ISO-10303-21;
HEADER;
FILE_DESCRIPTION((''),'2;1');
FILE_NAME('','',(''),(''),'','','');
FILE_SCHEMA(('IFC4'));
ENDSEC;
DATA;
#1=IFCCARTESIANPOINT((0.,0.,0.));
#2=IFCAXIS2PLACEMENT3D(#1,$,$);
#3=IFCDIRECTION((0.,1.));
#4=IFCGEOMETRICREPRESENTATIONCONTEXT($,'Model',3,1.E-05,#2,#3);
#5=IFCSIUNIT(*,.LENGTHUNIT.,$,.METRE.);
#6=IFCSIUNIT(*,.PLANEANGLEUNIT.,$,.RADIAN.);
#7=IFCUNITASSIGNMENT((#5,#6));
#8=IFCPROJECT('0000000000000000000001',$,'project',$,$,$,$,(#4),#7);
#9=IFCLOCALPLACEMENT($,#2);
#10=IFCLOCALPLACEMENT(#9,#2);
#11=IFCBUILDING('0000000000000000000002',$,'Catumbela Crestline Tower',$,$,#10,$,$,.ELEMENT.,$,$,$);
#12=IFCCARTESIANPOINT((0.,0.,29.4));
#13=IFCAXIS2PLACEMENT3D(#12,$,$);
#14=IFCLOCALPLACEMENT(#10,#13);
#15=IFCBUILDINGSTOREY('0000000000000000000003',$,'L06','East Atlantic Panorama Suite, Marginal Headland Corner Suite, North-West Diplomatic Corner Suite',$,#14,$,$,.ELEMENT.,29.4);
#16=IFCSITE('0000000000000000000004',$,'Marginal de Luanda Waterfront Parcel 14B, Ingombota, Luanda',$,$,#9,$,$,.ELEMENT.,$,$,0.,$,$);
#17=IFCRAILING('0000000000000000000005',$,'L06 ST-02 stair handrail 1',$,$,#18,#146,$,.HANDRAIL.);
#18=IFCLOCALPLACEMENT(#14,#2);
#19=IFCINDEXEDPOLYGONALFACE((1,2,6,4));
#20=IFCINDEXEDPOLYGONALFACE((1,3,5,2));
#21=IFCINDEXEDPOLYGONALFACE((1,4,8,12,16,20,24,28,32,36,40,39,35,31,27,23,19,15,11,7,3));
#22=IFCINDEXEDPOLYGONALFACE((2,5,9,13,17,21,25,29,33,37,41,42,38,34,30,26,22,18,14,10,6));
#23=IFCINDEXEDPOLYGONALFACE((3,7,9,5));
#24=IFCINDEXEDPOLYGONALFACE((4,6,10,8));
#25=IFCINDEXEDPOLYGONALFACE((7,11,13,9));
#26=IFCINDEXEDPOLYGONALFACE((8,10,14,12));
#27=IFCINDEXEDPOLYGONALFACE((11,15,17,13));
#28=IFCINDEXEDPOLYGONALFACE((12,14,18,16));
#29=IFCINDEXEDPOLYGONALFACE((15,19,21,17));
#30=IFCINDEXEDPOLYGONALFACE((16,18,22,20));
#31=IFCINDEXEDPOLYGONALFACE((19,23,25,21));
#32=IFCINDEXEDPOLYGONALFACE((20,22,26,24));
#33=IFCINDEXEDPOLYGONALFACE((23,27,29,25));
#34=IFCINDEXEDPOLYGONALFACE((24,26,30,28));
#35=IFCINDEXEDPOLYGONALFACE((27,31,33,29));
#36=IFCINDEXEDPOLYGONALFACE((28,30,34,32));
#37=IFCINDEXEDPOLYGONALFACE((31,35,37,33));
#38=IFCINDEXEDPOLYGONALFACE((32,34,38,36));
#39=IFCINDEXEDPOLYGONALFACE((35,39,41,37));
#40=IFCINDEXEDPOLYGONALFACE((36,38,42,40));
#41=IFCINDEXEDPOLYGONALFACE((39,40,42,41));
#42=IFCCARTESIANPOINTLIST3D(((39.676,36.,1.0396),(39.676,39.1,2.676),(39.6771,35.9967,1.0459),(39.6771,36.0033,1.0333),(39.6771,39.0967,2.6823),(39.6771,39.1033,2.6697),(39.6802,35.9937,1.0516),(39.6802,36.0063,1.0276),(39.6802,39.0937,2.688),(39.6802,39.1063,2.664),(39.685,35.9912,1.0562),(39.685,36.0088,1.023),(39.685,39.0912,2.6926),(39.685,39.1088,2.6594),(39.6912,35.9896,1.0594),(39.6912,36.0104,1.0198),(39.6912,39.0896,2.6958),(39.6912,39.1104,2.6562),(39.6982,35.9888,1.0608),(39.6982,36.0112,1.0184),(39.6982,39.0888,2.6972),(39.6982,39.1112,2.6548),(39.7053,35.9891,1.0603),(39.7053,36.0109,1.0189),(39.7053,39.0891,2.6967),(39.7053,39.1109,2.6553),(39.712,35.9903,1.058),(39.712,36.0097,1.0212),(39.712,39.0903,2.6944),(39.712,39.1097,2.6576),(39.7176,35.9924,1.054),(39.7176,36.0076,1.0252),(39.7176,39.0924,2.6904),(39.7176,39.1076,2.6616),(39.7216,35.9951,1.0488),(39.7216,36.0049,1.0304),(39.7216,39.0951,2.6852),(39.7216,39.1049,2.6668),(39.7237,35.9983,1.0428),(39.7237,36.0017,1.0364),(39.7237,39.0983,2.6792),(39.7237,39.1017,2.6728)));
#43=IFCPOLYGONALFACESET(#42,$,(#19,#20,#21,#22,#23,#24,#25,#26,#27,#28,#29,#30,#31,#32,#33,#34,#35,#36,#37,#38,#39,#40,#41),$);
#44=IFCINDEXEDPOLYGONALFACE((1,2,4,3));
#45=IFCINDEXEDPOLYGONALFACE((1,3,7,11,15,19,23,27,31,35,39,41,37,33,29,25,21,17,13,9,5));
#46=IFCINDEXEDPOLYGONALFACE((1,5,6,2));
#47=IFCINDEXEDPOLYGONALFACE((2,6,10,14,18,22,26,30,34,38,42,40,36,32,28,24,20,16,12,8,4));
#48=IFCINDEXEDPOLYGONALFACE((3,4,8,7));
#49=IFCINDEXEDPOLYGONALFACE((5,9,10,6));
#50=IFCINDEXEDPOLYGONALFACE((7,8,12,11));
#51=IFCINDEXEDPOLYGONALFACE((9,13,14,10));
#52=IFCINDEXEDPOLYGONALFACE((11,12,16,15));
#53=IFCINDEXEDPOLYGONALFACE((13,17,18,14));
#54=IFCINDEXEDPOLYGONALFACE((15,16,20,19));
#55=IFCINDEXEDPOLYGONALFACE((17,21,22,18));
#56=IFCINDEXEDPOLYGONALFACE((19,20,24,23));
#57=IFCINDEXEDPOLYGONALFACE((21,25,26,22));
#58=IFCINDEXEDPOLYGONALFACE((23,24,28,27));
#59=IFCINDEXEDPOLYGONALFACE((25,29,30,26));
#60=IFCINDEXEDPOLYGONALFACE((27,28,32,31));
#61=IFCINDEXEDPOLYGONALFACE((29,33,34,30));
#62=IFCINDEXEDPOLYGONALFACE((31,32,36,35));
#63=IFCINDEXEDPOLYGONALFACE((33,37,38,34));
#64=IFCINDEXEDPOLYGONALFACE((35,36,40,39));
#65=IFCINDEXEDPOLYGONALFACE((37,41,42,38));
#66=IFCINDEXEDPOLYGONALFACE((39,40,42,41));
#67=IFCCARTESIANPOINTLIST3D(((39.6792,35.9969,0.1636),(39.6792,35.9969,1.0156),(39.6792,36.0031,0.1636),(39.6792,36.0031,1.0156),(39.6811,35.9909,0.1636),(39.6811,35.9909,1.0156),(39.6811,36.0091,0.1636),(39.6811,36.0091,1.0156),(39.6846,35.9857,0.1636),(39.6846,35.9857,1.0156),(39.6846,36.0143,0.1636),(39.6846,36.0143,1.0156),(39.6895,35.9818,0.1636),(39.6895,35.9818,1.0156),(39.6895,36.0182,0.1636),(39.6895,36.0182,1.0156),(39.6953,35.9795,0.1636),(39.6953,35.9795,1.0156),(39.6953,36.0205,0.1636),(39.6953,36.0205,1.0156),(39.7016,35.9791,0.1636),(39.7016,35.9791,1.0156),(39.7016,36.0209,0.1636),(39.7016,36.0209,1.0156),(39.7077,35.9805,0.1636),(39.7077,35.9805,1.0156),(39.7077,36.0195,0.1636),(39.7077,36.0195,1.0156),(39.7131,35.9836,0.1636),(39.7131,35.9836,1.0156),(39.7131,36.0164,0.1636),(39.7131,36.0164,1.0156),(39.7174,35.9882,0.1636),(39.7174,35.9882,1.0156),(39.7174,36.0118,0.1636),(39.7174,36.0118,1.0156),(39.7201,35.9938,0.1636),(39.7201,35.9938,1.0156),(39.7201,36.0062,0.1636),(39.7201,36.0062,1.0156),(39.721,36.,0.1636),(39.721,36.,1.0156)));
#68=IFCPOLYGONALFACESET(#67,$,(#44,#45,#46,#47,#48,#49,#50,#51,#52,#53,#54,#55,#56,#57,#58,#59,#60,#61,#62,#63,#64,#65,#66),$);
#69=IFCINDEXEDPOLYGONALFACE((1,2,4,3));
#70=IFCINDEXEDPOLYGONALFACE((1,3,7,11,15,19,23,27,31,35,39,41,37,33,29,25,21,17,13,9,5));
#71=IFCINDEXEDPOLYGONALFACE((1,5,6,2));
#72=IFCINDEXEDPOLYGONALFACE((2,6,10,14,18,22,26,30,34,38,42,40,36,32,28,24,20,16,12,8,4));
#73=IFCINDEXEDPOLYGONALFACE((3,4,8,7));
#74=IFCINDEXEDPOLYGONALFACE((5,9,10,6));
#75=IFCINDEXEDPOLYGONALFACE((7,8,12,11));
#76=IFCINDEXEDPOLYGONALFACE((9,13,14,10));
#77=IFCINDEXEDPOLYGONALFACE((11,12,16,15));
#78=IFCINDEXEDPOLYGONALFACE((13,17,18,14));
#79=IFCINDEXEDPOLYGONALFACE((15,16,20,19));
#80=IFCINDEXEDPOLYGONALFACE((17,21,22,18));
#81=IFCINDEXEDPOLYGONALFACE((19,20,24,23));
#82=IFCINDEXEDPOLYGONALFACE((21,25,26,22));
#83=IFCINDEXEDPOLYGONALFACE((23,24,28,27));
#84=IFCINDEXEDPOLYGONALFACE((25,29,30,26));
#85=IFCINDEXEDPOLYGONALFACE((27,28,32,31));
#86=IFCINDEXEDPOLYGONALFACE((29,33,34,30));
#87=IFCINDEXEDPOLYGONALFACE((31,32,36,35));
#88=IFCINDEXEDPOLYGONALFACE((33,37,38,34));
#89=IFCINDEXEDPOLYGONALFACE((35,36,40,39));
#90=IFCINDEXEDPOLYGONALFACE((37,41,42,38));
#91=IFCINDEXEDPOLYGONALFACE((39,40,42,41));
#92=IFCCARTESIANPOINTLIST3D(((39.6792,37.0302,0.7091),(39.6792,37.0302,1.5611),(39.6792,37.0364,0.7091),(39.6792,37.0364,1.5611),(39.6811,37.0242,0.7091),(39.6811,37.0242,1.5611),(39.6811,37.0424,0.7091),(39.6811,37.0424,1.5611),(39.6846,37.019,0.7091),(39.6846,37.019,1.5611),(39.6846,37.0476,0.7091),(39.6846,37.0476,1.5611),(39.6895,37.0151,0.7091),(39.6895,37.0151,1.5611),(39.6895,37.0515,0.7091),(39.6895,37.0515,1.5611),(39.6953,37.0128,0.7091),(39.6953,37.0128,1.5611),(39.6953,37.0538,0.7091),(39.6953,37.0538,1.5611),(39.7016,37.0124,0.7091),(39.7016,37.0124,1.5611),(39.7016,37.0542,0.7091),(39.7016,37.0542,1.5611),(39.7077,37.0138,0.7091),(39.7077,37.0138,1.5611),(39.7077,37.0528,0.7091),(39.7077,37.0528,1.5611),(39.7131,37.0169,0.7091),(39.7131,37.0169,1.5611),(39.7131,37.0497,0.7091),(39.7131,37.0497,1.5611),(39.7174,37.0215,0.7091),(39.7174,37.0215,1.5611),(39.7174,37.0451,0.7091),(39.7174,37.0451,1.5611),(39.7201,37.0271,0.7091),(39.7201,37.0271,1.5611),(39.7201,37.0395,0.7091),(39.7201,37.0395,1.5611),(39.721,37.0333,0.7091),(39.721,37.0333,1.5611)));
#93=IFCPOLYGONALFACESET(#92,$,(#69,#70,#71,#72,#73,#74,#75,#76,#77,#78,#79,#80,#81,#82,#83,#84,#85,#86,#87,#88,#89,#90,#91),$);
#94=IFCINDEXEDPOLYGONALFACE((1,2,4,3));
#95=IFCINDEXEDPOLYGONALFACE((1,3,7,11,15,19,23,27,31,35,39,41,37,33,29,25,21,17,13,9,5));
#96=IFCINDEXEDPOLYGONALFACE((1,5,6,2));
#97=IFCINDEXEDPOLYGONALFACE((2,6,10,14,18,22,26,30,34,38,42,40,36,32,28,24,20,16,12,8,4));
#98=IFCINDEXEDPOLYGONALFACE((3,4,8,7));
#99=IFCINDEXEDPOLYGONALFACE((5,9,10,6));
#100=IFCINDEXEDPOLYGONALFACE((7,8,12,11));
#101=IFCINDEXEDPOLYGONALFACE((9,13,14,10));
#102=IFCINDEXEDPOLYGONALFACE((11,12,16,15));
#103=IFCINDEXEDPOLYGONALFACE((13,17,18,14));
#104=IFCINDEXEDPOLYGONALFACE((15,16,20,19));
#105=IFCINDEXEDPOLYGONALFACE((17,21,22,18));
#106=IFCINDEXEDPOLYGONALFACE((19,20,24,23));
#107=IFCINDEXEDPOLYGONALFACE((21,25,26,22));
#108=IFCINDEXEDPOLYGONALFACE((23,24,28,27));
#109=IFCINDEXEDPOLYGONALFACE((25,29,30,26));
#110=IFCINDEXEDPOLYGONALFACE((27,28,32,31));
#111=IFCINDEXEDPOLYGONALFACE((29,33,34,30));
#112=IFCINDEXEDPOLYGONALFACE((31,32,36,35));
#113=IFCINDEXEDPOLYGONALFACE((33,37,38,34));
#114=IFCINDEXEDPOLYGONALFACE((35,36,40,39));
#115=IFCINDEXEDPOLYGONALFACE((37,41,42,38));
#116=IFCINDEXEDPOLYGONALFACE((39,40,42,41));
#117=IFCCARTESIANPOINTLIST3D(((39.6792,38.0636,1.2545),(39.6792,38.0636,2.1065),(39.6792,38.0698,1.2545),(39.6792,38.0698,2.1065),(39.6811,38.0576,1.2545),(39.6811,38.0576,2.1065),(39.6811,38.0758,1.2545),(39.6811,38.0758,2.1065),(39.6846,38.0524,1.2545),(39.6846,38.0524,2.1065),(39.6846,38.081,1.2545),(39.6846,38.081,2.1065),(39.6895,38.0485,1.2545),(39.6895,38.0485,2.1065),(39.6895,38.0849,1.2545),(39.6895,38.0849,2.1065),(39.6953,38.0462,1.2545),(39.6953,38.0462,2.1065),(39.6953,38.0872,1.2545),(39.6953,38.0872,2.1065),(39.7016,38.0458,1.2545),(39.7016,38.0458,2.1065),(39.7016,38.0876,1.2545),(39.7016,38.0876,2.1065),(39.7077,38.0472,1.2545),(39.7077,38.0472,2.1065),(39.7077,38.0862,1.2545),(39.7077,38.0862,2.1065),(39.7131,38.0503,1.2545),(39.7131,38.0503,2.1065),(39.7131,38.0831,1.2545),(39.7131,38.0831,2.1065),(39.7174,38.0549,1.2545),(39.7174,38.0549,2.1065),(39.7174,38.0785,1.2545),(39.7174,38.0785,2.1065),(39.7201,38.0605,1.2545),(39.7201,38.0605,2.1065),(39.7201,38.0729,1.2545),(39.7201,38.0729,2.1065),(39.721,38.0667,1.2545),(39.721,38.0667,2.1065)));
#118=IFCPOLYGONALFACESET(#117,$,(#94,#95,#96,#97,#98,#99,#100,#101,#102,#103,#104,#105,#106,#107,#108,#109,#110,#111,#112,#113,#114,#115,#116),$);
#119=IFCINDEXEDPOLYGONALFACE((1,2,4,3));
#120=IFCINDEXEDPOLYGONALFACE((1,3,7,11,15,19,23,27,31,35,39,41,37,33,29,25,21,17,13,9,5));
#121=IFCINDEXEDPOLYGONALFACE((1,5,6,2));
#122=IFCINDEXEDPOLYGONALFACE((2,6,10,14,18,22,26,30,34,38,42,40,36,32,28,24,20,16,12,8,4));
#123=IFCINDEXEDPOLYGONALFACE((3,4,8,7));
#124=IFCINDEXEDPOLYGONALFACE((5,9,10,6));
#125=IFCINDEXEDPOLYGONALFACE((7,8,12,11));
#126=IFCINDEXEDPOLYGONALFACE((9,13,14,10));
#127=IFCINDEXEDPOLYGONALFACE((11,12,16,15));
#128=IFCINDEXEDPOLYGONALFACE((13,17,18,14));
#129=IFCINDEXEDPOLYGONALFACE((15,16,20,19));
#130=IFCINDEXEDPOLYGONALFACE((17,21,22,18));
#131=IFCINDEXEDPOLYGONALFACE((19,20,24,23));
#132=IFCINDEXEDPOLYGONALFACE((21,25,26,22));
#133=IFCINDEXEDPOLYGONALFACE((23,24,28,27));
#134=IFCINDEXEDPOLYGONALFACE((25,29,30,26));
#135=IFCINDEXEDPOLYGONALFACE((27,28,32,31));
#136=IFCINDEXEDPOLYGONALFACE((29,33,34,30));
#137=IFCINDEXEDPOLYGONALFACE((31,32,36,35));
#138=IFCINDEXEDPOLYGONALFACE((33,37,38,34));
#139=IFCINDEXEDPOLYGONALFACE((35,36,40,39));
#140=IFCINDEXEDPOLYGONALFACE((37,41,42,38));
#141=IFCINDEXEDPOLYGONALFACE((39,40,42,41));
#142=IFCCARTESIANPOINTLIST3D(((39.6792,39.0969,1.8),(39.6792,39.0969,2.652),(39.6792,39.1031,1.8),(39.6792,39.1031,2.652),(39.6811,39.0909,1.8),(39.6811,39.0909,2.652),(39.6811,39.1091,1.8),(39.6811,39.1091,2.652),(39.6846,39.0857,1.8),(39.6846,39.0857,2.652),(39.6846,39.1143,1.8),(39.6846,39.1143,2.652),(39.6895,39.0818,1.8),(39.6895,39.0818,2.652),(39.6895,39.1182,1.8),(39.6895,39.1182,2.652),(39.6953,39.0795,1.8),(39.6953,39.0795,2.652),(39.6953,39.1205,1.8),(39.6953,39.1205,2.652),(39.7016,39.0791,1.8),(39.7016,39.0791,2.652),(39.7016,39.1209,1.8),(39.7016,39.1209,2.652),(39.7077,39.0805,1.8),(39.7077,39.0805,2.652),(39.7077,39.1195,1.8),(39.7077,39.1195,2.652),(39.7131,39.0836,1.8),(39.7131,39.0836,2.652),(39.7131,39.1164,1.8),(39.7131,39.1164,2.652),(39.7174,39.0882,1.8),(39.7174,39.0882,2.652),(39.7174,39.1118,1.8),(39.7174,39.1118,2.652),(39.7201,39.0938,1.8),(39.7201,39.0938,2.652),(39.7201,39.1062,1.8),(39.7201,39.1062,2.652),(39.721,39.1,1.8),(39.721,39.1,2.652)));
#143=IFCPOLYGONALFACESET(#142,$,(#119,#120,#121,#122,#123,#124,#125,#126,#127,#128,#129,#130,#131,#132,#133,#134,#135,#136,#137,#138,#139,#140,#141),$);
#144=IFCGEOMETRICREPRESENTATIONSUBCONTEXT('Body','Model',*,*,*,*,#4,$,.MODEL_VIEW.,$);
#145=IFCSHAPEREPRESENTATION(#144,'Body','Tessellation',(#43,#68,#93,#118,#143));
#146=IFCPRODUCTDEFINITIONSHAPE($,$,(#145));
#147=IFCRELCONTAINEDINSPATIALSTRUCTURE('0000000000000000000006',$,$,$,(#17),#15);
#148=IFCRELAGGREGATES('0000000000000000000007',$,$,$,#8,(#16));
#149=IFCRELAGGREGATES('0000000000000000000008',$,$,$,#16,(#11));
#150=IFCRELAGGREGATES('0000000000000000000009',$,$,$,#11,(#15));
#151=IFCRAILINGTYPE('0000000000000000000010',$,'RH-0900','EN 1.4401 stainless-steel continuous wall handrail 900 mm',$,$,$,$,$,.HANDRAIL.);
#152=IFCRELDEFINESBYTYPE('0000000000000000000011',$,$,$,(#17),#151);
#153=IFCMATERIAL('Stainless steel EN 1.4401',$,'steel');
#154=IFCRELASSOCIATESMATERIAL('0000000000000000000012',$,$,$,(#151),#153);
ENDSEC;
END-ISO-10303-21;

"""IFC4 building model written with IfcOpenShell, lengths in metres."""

from ifc_helpers import new_model, si_unit, direction, frame, origin, origin_2d, place, context, subcontext, project, spatial, circle, extrude, material, type_object, element, save


model = new_model("IFC4")

# Units and contexts
model_context = context("Model", 3, precision=1e-05, world=origin(), true_north=direction((0.0, 1.0)))
body_context = subcontext(model_context, "Body", "Model", "MODEL_VIEW")
ifc_project = project(units=[si_unit("LENGTHUNIT", "METRE"), si_unit("PLANEANGLEUNIT", "RADIAN")], contexts=[model_context])

# Site, building, storey
site_placement = place(None, origin())
site = spatial("IfcSite", under=ifc_project, at=site_placement, Name="Marginal de Luanda Waterfront Parcel 14B, Ingombota, Luanda", CompositionType="ELEMENT", RefElevation=0.0)
building_placement = place(site_placement, origin())
building = spatial("IfcBuilding", under=site, at=building_placement, Name="Catumbela Crestline Tower", CompositionType="ELEMENT")
storey_placement = place(building_placement, frame((0.0, 0.0, 29.4)))
storey = spatial("IfcBuildingStorey", under=building, at=storey_placement, Name="L06", Description="East Atlantic Panorama Suite, Marginal Headland Corner Suite, North-West Diplomatic Corner Suite", CompositionType="ELEMENT", Elevation=29.4)

# Shared definitions
ifc_material_1 = material(Name="Stainless steel EN 1.4401", Category="steel")

# Railing
railing_type_1 = type_object("IfcRailingType", Name="RH-0900", Description="EN 1.4401 stainless-steel continuous wall handrail 900 mm", PredefinedType="HANDRAIL", material=ifc_material_1)
railing_1_placement = place(storey_placement, frame((39.7, 36.0, 0.1636)))
element("IfcRailing", 1, at=railing_1_placement, inside=storey, type_object=railing_type_1, Name="L06 ST-02 stair handrail 1", PredefinedType="HANDRAIL", context=body_context, shape_type="SweptSolid", body=[
    extrude(circle(Radius=0.024, at=origin_2d()), frame((0.0, 0.0, 0.876), z_axis=(0.0, 0.884351, 0.466823), x_axis=(-1.0, 0.0, 0.0)), (0.0, 0.0, 1.0), 3.5054),
    extrude(circle(Radius=0.021, at=origin_2d()), origin(), (0.0, 0.0, 1.0), 0.852),
    extrude(circle(Radius=0.021, at=origin_2d()), frame((0.0, 1.0333, 0.5455)), (0.0, 0.0, 1.0), 0.852),
    extrude(circle(Radius=0.021, at=origin_2d()), frame((0.0, 2.0667, 1.0909)), (0.0, 0.0, 1.0), 0.852),
    extrude(circle(Radius=0.021, at=origin_2d()), frame((0.0, 3.1, 1.6364)), (0.0, 0.0, 1.0), 0.852),
])

save(model, "model.ifc")
